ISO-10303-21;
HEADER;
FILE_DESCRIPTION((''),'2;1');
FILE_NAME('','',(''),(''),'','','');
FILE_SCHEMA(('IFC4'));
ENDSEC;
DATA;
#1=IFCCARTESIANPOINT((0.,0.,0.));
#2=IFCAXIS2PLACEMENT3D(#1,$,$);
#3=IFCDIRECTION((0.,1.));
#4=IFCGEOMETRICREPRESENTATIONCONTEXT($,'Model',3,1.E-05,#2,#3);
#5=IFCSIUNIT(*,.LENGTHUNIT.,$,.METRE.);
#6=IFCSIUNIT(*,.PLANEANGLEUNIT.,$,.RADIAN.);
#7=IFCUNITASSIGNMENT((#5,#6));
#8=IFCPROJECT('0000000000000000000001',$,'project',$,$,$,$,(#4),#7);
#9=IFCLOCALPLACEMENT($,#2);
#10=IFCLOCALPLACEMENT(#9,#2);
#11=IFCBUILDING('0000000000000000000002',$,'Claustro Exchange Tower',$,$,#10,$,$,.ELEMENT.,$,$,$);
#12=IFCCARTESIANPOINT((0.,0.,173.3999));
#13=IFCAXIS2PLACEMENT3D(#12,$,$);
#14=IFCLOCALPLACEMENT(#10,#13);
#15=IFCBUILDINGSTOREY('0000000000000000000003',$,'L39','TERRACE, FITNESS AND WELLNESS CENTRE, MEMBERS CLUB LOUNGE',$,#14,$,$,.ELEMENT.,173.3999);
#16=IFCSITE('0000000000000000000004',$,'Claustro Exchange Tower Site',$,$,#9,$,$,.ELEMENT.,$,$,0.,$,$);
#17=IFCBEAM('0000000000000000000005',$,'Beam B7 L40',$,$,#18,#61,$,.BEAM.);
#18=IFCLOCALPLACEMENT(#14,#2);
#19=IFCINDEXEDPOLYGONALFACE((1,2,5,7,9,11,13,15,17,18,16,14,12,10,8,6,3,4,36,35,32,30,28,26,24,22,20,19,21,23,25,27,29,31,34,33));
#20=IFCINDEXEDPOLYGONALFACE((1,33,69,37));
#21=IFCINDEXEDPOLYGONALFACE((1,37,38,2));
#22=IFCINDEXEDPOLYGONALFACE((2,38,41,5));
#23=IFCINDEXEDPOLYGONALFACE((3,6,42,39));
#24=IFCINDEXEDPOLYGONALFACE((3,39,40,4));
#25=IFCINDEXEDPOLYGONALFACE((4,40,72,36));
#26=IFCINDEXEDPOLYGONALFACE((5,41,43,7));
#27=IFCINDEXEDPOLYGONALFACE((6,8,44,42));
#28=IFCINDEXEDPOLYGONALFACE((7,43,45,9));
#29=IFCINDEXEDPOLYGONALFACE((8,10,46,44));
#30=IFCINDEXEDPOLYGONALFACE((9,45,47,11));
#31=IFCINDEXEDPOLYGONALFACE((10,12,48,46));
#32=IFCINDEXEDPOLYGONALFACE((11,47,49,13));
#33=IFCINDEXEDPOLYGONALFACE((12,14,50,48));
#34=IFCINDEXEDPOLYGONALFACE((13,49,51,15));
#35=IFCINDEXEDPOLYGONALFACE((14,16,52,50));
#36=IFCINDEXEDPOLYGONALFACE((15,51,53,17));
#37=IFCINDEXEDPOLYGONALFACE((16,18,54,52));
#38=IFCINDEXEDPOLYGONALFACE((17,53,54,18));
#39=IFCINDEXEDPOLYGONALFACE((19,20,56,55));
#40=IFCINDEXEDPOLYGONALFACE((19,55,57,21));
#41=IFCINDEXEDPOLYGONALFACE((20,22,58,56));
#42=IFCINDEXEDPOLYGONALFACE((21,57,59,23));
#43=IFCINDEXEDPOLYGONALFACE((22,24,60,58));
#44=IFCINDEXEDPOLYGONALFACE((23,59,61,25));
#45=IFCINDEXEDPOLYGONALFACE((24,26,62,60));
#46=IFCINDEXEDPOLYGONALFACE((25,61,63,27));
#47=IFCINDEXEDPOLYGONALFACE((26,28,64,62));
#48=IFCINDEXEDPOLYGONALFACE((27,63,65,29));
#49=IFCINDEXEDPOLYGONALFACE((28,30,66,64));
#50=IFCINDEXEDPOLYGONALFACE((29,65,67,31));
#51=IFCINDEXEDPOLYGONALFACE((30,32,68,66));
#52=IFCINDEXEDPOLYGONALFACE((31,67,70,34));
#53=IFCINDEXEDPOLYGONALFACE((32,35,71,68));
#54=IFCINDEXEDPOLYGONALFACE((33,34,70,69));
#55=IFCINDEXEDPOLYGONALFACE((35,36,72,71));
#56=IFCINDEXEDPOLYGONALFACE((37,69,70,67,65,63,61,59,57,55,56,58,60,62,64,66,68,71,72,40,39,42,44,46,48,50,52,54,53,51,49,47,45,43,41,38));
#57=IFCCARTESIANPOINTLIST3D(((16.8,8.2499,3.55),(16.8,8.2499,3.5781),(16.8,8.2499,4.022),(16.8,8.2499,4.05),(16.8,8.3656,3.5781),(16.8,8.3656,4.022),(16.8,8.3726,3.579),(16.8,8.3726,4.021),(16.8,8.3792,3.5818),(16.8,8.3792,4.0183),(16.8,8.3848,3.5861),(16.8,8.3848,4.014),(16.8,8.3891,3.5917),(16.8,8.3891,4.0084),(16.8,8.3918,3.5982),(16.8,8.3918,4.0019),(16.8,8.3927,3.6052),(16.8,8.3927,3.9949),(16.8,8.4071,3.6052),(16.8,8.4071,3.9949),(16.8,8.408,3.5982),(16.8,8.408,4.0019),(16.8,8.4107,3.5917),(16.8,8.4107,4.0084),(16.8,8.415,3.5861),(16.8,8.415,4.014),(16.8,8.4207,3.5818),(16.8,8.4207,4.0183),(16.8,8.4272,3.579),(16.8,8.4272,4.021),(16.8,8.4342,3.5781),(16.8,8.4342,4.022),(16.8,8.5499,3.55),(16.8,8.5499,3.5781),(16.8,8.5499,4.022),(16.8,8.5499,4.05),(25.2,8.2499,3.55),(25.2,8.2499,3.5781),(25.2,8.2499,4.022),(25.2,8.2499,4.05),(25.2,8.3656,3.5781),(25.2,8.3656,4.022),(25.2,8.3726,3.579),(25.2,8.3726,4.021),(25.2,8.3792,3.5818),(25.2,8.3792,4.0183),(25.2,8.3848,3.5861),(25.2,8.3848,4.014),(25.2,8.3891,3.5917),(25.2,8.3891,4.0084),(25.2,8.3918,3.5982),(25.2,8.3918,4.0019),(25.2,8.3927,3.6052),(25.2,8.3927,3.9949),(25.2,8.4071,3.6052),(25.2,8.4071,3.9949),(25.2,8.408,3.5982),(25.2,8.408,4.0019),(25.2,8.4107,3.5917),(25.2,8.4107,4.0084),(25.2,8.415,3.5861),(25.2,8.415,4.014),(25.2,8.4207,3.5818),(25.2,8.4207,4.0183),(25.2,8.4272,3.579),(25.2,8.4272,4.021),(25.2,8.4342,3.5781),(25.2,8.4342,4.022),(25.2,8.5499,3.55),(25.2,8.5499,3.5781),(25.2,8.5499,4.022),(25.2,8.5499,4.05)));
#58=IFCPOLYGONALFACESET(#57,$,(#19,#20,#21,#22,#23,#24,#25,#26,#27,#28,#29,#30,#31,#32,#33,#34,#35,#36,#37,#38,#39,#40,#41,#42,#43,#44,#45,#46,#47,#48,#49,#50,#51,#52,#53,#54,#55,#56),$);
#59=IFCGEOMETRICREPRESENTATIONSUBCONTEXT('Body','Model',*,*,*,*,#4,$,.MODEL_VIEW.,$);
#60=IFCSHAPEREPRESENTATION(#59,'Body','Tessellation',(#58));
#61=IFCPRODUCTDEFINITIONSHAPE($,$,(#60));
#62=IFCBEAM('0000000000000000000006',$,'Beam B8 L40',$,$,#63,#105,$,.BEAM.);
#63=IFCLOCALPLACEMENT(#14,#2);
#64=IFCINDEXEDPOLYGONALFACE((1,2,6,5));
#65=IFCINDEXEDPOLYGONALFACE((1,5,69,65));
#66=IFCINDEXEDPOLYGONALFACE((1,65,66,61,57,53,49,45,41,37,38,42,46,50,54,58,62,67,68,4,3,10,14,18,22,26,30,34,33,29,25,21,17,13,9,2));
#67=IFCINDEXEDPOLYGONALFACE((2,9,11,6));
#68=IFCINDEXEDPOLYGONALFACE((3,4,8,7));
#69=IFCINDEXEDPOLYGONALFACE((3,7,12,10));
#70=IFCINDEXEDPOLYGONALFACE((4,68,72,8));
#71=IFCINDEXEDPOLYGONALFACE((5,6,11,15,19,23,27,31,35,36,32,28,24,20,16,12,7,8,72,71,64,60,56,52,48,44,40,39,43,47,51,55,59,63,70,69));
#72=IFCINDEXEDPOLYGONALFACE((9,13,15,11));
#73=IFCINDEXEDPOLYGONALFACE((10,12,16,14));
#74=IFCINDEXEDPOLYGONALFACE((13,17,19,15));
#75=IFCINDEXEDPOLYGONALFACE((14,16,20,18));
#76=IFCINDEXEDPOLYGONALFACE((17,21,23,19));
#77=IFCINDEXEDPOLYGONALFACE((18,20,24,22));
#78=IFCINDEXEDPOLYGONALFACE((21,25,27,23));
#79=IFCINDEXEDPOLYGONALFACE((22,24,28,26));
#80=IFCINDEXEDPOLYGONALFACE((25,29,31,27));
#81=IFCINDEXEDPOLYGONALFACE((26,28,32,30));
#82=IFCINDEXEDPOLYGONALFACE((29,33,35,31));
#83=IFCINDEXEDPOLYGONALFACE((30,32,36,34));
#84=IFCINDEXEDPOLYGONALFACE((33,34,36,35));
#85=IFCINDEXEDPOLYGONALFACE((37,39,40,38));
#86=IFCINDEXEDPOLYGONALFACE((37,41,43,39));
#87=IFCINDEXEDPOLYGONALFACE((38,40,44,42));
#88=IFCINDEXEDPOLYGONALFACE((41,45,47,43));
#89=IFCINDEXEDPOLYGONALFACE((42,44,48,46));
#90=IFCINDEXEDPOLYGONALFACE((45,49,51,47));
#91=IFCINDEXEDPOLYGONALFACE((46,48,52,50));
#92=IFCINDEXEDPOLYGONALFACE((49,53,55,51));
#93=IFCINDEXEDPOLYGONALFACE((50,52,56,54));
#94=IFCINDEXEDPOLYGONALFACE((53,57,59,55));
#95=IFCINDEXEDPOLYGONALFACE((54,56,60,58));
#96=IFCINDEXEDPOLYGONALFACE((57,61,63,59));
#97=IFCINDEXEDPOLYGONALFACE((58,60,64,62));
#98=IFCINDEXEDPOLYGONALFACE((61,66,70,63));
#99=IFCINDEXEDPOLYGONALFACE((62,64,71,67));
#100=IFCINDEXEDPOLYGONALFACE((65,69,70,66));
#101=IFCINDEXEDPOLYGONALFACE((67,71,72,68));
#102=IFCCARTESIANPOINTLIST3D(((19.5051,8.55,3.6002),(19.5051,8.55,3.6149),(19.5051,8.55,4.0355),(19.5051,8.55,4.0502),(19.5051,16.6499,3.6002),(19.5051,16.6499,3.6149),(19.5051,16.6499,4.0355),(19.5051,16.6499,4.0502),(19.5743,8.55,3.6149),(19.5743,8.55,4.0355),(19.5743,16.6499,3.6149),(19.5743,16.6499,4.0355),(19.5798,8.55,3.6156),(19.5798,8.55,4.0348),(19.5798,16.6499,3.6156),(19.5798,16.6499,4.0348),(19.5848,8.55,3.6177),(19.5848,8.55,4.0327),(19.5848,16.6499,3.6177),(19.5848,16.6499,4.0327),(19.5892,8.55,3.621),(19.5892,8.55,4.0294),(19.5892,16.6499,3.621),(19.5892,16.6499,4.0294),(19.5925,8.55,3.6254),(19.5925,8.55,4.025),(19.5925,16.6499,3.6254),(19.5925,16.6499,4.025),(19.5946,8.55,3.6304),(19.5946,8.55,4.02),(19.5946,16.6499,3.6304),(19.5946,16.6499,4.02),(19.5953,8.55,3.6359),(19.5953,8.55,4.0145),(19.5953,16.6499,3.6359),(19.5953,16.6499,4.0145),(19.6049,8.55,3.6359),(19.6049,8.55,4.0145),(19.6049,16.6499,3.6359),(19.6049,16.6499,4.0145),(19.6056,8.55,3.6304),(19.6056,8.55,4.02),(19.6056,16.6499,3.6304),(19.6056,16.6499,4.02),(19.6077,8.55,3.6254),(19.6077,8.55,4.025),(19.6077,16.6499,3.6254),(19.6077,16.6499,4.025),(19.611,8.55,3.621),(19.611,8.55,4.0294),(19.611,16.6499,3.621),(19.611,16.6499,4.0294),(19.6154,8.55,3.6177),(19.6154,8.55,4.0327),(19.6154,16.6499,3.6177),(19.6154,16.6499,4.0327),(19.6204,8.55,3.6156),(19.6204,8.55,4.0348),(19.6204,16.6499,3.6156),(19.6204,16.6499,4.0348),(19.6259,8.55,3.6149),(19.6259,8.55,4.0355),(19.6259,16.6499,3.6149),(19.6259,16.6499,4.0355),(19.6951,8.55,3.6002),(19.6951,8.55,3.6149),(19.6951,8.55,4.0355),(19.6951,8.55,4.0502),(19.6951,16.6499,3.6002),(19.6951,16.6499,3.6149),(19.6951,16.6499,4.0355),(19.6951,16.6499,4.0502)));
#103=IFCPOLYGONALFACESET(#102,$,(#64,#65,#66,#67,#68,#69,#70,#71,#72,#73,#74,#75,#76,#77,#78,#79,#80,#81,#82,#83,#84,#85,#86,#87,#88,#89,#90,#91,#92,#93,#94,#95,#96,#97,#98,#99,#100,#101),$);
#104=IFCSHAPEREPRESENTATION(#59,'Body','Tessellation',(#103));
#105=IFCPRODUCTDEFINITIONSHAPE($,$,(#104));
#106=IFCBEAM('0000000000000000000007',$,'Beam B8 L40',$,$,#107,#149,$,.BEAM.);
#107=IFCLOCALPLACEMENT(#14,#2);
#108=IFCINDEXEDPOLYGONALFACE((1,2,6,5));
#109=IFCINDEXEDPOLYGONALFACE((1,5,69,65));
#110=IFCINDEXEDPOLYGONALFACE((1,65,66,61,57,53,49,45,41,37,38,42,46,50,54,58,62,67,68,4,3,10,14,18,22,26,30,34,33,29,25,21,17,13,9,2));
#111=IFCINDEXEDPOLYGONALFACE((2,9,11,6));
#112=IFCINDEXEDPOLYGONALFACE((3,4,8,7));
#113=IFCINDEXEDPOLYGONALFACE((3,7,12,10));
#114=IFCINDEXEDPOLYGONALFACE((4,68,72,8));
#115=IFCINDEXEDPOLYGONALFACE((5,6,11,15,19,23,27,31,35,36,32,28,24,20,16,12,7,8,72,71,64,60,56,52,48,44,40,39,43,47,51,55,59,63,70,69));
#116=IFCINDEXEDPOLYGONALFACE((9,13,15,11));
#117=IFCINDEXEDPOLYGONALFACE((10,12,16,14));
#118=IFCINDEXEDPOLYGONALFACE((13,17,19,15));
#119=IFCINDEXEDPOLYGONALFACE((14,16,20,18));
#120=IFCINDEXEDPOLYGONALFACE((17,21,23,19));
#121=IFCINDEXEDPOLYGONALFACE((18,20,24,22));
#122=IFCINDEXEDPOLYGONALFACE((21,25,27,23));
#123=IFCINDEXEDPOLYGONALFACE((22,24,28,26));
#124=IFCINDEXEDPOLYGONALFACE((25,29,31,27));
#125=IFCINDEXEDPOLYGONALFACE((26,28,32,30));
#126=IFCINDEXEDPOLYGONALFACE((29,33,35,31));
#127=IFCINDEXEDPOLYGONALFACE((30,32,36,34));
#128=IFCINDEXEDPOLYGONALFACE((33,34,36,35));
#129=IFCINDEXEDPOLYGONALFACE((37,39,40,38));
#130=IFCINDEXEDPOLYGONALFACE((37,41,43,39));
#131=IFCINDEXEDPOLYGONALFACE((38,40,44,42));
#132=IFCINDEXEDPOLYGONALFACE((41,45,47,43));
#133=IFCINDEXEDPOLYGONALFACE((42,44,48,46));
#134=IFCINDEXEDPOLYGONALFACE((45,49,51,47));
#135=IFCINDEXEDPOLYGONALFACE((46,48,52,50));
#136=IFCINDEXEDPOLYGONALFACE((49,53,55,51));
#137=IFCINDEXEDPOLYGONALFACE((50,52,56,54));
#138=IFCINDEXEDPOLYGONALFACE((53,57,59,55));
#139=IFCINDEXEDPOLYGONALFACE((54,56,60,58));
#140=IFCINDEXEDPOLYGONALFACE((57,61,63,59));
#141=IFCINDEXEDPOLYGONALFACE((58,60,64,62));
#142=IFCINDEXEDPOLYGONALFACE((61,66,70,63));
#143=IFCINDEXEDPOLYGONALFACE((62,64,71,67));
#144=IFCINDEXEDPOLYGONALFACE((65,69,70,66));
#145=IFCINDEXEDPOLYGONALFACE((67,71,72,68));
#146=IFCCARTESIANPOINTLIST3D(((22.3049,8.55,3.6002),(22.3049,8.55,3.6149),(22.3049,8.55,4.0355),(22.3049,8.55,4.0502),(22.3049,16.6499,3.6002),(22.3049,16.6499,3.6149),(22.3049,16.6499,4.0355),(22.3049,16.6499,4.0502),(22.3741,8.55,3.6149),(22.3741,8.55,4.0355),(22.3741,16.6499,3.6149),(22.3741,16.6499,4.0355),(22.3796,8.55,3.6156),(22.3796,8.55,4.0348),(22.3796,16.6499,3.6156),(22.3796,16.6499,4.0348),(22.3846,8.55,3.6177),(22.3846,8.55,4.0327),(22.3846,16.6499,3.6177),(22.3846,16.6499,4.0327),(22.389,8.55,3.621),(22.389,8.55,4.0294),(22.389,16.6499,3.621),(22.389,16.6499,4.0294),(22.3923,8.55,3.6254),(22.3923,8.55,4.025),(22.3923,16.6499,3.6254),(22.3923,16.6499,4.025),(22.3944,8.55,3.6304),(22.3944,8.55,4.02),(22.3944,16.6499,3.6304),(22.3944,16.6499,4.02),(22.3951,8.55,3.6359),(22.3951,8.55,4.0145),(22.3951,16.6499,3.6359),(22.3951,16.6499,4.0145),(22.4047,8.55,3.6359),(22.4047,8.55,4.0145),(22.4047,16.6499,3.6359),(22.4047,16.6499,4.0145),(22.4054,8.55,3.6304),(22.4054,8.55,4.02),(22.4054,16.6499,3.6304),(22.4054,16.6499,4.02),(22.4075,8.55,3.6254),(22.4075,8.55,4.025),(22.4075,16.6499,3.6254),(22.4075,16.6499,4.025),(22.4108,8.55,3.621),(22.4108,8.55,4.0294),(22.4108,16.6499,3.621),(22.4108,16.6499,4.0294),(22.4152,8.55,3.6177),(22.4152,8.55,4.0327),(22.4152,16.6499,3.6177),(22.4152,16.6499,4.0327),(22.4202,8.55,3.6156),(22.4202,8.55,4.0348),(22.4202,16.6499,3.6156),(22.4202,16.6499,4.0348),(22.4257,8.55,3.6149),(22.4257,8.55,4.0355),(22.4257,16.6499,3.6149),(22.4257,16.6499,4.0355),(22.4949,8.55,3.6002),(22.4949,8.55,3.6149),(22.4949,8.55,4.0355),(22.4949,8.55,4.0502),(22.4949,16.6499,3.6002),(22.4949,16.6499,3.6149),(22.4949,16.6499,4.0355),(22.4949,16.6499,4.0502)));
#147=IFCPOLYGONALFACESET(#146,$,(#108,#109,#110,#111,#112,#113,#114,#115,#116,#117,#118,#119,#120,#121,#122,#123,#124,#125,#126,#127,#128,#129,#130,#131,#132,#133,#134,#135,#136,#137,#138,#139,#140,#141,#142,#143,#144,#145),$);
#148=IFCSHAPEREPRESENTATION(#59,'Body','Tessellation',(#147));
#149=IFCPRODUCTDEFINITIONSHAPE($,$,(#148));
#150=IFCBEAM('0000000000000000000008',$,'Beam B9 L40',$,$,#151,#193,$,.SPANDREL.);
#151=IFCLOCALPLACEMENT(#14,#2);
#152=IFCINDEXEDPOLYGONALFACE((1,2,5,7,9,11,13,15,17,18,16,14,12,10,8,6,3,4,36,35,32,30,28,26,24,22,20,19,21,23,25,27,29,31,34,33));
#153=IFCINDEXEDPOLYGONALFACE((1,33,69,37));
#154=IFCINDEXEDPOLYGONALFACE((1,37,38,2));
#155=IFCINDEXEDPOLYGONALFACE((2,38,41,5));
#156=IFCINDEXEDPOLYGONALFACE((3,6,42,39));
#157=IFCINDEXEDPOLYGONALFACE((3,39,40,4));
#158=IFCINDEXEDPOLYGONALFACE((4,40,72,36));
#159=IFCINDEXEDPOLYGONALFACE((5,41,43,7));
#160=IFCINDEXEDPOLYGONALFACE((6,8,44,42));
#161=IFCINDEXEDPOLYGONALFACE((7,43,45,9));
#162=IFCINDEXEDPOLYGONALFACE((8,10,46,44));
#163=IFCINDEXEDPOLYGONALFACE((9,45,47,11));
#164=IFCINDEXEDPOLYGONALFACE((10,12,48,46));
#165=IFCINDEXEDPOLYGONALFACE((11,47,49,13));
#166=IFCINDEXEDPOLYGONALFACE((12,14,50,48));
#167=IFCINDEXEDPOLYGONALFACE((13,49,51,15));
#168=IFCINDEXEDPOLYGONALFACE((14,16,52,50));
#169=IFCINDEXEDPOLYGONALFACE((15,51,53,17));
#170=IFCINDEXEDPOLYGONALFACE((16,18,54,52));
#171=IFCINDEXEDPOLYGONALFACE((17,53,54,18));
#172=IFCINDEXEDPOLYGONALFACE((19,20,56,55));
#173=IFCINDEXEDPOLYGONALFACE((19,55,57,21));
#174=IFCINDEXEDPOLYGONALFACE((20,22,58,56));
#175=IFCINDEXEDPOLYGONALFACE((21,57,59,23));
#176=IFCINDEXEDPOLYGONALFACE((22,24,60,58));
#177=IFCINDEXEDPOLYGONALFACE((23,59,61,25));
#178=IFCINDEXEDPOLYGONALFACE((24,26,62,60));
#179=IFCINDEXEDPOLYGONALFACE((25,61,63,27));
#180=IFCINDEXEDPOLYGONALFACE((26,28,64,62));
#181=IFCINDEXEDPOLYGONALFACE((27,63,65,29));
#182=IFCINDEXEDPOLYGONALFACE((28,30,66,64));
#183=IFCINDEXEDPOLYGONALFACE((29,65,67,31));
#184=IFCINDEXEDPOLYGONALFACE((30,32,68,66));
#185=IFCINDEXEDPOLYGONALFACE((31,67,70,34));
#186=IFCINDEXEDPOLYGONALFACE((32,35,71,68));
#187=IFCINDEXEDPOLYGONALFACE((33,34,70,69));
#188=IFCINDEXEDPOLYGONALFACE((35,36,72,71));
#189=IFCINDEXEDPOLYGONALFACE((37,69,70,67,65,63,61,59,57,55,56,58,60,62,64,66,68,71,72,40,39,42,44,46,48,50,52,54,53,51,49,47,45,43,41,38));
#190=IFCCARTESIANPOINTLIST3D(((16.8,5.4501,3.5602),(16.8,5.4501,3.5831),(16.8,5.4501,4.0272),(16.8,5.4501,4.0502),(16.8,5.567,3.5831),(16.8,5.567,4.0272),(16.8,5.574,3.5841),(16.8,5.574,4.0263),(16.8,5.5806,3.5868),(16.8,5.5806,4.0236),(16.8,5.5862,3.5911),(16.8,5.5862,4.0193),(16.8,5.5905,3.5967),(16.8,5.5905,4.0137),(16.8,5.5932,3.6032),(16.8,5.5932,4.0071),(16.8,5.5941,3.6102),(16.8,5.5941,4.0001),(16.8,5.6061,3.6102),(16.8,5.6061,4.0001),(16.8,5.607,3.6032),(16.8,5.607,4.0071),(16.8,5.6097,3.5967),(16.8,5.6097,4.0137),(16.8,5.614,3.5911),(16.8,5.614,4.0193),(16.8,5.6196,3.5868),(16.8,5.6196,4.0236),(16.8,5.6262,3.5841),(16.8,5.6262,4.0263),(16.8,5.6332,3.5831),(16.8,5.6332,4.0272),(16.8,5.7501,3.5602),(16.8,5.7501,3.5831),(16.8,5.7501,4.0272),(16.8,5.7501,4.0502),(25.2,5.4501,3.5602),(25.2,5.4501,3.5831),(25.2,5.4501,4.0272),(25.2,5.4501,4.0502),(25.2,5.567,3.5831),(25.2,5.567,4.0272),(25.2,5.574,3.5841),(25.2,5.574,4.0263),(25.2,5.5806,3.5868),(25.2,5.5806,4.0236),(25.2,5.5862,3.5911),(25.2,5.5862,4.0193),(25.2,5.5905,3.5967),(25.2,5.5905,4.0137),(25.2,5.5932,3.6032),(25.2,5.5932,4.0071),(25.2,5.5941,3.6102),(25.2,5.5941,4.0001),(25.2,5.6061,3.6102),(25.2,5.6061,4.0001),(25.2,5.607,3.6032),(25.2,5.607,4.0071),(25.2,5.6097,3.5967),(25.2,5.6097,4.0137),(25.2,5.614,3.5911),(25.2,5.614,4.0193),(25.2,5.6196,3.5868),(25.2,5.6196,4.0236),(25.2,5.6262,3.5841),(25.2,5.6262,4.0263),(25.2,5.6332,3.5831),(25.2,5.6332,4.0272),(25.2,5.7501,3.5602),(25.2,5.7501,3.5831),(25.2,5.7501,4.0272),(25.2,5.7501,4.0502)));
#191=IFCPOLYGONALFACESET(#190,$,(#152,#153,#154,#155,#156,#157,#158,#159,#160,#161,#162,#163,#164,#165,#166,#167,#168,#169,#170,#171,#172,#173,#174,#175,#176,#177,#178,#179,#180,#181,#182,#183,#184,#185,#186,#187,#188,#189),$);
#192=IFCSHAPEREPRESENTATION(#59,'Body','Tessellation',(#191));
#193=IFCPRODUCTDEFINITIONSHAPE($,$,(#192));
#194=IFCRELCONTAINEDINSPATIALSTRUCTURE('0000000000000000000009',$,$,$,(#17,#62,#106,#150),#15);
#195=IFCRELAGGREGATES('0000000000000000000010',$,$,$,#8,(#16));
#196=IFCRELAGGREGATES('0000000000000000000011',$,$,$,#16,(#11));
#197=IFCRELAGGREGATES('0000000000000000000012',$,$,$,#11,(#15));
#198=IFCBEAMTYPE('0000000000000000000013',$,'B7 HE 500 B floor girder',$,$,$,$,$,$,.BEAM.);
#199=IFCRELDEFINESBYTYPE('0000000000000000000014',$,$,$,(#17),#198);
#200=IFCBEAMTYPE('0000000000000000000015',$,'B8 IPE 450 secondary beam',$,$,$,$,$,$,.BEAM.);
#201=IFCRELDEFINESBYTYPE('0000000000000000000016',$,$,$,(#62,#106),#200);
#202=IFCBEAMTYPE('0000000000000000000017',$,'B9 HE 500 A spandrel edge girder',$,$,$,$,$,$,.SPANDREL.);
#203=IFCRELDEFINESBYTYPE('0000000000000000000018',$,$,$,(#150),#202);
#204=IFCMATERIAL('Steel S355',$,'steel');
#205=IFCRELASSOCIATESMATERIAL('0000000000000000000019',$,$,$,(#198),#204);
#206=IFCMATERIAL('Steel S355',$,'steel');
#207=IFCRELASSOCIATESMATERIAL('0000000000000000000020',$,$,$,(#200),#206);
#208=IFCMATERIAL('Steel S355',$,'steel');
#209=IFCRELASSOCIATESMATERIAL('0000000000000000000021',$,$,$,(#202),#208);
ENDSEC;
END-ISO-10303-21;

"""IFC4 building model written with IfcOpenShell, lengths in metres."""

from ifc_helpers import new_model, si_unit, direction, frame, origin, origin_2d, place, context, subcontext, project, spatial, i_section, extrude, material, material_profile, profile_set, type_object, element, save


model = new_model("IFC4")

# Units and contexts
model_context = context("Model", 3, precision=1e-05, world=origin(), true_north=direction((0.0, 1.0)))
body_context = subcontext(model_context, "Body", "Model", "MODEL_VIEW")
ifc_project = project(units=[si_unit("LENGTHUNIT", "METRE"), si_unit("PLANEANGLEUNIT", "RADIAN")], contexts=[model_context])

# Site, building, storey
site_placement = place(None, origin())
site = spatial("IfcSite", under=ifc_project, at=site_placement, Name="Claustro Exchange Tower Site", CompositionType="ELEMENT", RefElevation=0.0)
building_placement = place(site_placement, origin())
building = spatial("IfcBuilding", under=site, at=building_placement, Name="Claustro Exchange Tower", CompositionType="ELEMENT")
storey_placement = place(building_placement, frame((0.0, 0.0, 173.3999)))
storey = spatial("IfcBuildingStorey", under=building, at=storey_placement, Name="L39", Description="TERRACE, FITNESS AND WELLNESS CENTRE, MEMBERS CLUB LOUNGE", CompositionType="ELEMENT", Elevation=173.3999)

# Beams
ifc_material_1 = material(Name="Steel S355", Category="steel")
ifc_material_profile_1 = material_profile(ifc_material_1, i_section(OverallWidth=0.3, OverallDepth=0.5, WebThickness=0.0144, FlangeThickness=0.0281, FilletRadius=0.0271, at=origin_2d()), Name="HE 500 B")
ifc_profile_set_1 = profile_set([ifc_material_profile_1], Name="Steel S355")
beam_type_1 = type_object("IfcBeamType", Name="B7 HE 500 B floor girder", PredefinedType="BEAM", material=ifc_profile_set_1)
beam_1_placement = place(storey_placement, frame((16.8, 8.3999, 3.8), z_axis=(1.0, 0.0, 0.0), x_axis=(0.0, 1.0, 0.0)))
element("IfcBeam", 1, at=beam_1_placement, inside=storey, type_object=beam_type_1, Name="Beam B7 L40", PredefinedType="BEAM", context=body_context, shape_type="SweptSolid", body=[
    extrude(i_section(OverallWidth=0.3, OverallDepth=0.5, WebThickness=0.0144, FlangeThickness=0.0281, FilletRadius=0.0271, at=origin_2d()), origin(), (0.0, 0.0, 1.0), 8.3999),
])
ifc_material_2 = material(Name="Steel S355", Category="steel")
ifc_material_profile_2 = material_profile(ifc_material_2, i_section(OverallWidth=0.1899, OverallDepth=0.45, WebThickness=0.0095, FlangeThickness=0.0146, FilletRadius=0.021, at=origin_2d()), Name="IPE 450")
ifc_profile_set_2 = profile_set([ifc_material_profile_2], Name="Steel S355")
beam_type_2 = type_object("IfcBeamType", Name="B8 IPE 450 secondary beam", PredefinedType="BEAM", material=ifc_profile_set_2)
for number, where, z_axis, x_axis, name in (
    (2, (19.6001, 8.55, 3.8252), (0.0, 1.0, 0.0), (-1.0, 0.0, 0.0), "Beam B8 L40"),
    (3, (22.3999, 8.55, 3.8252), (0.0, 1.0, 0.0), (-1.0, 0.0, 0.0), "Beam B8 L40"),
):
    element("IfcBeam", number, at=place(storey_placement, frame(where, z_axis=z_axis, x_axis=x_axis)), inside=storey, type_object=beam_type_2, Name=name, PredefinedType="BEAM", context=body_context, shape_type="SweptSolid", body=[
        extrude(i_section(OverallWidth=0.1899, OverallDepth=0.45, WebThickness=0.0095, FlangeThickness=0.0146, FilletRadius=0.021, at=origin_2d()), origin(), (0.0, 0.0, 1.0), 8.0999),
    ])
ifc_material_3 = material(Name="Steel S355", Category="steel")
ifc_material_profile_3 = material_profile(ifc_material_3, i_section(OverallWidth=0.3, OverallDepth=0.49, WebThickness=0.012, FlangeThickness=0.0229, FilletRadius=0.0271, at=origin_2d()), Name="HE 500 A")
ifc_profile_set_3 = profile_set([ifc_material_profile_3], Name="Steel S355")
beam_type_3 = type_object("IfcBeamType", Name="B9 HE 500 A spandrel edge girder", PredefinedType="SPANDREL", material=ifc_profile_set_3)
beam_2_placement = place(storey_placement, frame((16.8, 5.6001, 3.8052), z_axis=(1.0, 0.0, 0.0), x_axis=(0.0, 1.0, 0.0)))
element("IfcBeam", 4, at=beam_2_placement, inside=storey, type_object=beam_type_3, Name="Beam B9 L40", PredefinedType="SPANDREL", context=body_context, shape_type="SweptSolid", body=[
    extrude(i_section(OverallWidth=0.3, OverallDepth=0.49, WebThickness=0.012, FlangeThickness=0.0229, FilletRadius=0.0271, at=origin_2d()), origin(), (0.0, 0.0, 1.0), 8.3999),
])

save(model, "model.ifc")
